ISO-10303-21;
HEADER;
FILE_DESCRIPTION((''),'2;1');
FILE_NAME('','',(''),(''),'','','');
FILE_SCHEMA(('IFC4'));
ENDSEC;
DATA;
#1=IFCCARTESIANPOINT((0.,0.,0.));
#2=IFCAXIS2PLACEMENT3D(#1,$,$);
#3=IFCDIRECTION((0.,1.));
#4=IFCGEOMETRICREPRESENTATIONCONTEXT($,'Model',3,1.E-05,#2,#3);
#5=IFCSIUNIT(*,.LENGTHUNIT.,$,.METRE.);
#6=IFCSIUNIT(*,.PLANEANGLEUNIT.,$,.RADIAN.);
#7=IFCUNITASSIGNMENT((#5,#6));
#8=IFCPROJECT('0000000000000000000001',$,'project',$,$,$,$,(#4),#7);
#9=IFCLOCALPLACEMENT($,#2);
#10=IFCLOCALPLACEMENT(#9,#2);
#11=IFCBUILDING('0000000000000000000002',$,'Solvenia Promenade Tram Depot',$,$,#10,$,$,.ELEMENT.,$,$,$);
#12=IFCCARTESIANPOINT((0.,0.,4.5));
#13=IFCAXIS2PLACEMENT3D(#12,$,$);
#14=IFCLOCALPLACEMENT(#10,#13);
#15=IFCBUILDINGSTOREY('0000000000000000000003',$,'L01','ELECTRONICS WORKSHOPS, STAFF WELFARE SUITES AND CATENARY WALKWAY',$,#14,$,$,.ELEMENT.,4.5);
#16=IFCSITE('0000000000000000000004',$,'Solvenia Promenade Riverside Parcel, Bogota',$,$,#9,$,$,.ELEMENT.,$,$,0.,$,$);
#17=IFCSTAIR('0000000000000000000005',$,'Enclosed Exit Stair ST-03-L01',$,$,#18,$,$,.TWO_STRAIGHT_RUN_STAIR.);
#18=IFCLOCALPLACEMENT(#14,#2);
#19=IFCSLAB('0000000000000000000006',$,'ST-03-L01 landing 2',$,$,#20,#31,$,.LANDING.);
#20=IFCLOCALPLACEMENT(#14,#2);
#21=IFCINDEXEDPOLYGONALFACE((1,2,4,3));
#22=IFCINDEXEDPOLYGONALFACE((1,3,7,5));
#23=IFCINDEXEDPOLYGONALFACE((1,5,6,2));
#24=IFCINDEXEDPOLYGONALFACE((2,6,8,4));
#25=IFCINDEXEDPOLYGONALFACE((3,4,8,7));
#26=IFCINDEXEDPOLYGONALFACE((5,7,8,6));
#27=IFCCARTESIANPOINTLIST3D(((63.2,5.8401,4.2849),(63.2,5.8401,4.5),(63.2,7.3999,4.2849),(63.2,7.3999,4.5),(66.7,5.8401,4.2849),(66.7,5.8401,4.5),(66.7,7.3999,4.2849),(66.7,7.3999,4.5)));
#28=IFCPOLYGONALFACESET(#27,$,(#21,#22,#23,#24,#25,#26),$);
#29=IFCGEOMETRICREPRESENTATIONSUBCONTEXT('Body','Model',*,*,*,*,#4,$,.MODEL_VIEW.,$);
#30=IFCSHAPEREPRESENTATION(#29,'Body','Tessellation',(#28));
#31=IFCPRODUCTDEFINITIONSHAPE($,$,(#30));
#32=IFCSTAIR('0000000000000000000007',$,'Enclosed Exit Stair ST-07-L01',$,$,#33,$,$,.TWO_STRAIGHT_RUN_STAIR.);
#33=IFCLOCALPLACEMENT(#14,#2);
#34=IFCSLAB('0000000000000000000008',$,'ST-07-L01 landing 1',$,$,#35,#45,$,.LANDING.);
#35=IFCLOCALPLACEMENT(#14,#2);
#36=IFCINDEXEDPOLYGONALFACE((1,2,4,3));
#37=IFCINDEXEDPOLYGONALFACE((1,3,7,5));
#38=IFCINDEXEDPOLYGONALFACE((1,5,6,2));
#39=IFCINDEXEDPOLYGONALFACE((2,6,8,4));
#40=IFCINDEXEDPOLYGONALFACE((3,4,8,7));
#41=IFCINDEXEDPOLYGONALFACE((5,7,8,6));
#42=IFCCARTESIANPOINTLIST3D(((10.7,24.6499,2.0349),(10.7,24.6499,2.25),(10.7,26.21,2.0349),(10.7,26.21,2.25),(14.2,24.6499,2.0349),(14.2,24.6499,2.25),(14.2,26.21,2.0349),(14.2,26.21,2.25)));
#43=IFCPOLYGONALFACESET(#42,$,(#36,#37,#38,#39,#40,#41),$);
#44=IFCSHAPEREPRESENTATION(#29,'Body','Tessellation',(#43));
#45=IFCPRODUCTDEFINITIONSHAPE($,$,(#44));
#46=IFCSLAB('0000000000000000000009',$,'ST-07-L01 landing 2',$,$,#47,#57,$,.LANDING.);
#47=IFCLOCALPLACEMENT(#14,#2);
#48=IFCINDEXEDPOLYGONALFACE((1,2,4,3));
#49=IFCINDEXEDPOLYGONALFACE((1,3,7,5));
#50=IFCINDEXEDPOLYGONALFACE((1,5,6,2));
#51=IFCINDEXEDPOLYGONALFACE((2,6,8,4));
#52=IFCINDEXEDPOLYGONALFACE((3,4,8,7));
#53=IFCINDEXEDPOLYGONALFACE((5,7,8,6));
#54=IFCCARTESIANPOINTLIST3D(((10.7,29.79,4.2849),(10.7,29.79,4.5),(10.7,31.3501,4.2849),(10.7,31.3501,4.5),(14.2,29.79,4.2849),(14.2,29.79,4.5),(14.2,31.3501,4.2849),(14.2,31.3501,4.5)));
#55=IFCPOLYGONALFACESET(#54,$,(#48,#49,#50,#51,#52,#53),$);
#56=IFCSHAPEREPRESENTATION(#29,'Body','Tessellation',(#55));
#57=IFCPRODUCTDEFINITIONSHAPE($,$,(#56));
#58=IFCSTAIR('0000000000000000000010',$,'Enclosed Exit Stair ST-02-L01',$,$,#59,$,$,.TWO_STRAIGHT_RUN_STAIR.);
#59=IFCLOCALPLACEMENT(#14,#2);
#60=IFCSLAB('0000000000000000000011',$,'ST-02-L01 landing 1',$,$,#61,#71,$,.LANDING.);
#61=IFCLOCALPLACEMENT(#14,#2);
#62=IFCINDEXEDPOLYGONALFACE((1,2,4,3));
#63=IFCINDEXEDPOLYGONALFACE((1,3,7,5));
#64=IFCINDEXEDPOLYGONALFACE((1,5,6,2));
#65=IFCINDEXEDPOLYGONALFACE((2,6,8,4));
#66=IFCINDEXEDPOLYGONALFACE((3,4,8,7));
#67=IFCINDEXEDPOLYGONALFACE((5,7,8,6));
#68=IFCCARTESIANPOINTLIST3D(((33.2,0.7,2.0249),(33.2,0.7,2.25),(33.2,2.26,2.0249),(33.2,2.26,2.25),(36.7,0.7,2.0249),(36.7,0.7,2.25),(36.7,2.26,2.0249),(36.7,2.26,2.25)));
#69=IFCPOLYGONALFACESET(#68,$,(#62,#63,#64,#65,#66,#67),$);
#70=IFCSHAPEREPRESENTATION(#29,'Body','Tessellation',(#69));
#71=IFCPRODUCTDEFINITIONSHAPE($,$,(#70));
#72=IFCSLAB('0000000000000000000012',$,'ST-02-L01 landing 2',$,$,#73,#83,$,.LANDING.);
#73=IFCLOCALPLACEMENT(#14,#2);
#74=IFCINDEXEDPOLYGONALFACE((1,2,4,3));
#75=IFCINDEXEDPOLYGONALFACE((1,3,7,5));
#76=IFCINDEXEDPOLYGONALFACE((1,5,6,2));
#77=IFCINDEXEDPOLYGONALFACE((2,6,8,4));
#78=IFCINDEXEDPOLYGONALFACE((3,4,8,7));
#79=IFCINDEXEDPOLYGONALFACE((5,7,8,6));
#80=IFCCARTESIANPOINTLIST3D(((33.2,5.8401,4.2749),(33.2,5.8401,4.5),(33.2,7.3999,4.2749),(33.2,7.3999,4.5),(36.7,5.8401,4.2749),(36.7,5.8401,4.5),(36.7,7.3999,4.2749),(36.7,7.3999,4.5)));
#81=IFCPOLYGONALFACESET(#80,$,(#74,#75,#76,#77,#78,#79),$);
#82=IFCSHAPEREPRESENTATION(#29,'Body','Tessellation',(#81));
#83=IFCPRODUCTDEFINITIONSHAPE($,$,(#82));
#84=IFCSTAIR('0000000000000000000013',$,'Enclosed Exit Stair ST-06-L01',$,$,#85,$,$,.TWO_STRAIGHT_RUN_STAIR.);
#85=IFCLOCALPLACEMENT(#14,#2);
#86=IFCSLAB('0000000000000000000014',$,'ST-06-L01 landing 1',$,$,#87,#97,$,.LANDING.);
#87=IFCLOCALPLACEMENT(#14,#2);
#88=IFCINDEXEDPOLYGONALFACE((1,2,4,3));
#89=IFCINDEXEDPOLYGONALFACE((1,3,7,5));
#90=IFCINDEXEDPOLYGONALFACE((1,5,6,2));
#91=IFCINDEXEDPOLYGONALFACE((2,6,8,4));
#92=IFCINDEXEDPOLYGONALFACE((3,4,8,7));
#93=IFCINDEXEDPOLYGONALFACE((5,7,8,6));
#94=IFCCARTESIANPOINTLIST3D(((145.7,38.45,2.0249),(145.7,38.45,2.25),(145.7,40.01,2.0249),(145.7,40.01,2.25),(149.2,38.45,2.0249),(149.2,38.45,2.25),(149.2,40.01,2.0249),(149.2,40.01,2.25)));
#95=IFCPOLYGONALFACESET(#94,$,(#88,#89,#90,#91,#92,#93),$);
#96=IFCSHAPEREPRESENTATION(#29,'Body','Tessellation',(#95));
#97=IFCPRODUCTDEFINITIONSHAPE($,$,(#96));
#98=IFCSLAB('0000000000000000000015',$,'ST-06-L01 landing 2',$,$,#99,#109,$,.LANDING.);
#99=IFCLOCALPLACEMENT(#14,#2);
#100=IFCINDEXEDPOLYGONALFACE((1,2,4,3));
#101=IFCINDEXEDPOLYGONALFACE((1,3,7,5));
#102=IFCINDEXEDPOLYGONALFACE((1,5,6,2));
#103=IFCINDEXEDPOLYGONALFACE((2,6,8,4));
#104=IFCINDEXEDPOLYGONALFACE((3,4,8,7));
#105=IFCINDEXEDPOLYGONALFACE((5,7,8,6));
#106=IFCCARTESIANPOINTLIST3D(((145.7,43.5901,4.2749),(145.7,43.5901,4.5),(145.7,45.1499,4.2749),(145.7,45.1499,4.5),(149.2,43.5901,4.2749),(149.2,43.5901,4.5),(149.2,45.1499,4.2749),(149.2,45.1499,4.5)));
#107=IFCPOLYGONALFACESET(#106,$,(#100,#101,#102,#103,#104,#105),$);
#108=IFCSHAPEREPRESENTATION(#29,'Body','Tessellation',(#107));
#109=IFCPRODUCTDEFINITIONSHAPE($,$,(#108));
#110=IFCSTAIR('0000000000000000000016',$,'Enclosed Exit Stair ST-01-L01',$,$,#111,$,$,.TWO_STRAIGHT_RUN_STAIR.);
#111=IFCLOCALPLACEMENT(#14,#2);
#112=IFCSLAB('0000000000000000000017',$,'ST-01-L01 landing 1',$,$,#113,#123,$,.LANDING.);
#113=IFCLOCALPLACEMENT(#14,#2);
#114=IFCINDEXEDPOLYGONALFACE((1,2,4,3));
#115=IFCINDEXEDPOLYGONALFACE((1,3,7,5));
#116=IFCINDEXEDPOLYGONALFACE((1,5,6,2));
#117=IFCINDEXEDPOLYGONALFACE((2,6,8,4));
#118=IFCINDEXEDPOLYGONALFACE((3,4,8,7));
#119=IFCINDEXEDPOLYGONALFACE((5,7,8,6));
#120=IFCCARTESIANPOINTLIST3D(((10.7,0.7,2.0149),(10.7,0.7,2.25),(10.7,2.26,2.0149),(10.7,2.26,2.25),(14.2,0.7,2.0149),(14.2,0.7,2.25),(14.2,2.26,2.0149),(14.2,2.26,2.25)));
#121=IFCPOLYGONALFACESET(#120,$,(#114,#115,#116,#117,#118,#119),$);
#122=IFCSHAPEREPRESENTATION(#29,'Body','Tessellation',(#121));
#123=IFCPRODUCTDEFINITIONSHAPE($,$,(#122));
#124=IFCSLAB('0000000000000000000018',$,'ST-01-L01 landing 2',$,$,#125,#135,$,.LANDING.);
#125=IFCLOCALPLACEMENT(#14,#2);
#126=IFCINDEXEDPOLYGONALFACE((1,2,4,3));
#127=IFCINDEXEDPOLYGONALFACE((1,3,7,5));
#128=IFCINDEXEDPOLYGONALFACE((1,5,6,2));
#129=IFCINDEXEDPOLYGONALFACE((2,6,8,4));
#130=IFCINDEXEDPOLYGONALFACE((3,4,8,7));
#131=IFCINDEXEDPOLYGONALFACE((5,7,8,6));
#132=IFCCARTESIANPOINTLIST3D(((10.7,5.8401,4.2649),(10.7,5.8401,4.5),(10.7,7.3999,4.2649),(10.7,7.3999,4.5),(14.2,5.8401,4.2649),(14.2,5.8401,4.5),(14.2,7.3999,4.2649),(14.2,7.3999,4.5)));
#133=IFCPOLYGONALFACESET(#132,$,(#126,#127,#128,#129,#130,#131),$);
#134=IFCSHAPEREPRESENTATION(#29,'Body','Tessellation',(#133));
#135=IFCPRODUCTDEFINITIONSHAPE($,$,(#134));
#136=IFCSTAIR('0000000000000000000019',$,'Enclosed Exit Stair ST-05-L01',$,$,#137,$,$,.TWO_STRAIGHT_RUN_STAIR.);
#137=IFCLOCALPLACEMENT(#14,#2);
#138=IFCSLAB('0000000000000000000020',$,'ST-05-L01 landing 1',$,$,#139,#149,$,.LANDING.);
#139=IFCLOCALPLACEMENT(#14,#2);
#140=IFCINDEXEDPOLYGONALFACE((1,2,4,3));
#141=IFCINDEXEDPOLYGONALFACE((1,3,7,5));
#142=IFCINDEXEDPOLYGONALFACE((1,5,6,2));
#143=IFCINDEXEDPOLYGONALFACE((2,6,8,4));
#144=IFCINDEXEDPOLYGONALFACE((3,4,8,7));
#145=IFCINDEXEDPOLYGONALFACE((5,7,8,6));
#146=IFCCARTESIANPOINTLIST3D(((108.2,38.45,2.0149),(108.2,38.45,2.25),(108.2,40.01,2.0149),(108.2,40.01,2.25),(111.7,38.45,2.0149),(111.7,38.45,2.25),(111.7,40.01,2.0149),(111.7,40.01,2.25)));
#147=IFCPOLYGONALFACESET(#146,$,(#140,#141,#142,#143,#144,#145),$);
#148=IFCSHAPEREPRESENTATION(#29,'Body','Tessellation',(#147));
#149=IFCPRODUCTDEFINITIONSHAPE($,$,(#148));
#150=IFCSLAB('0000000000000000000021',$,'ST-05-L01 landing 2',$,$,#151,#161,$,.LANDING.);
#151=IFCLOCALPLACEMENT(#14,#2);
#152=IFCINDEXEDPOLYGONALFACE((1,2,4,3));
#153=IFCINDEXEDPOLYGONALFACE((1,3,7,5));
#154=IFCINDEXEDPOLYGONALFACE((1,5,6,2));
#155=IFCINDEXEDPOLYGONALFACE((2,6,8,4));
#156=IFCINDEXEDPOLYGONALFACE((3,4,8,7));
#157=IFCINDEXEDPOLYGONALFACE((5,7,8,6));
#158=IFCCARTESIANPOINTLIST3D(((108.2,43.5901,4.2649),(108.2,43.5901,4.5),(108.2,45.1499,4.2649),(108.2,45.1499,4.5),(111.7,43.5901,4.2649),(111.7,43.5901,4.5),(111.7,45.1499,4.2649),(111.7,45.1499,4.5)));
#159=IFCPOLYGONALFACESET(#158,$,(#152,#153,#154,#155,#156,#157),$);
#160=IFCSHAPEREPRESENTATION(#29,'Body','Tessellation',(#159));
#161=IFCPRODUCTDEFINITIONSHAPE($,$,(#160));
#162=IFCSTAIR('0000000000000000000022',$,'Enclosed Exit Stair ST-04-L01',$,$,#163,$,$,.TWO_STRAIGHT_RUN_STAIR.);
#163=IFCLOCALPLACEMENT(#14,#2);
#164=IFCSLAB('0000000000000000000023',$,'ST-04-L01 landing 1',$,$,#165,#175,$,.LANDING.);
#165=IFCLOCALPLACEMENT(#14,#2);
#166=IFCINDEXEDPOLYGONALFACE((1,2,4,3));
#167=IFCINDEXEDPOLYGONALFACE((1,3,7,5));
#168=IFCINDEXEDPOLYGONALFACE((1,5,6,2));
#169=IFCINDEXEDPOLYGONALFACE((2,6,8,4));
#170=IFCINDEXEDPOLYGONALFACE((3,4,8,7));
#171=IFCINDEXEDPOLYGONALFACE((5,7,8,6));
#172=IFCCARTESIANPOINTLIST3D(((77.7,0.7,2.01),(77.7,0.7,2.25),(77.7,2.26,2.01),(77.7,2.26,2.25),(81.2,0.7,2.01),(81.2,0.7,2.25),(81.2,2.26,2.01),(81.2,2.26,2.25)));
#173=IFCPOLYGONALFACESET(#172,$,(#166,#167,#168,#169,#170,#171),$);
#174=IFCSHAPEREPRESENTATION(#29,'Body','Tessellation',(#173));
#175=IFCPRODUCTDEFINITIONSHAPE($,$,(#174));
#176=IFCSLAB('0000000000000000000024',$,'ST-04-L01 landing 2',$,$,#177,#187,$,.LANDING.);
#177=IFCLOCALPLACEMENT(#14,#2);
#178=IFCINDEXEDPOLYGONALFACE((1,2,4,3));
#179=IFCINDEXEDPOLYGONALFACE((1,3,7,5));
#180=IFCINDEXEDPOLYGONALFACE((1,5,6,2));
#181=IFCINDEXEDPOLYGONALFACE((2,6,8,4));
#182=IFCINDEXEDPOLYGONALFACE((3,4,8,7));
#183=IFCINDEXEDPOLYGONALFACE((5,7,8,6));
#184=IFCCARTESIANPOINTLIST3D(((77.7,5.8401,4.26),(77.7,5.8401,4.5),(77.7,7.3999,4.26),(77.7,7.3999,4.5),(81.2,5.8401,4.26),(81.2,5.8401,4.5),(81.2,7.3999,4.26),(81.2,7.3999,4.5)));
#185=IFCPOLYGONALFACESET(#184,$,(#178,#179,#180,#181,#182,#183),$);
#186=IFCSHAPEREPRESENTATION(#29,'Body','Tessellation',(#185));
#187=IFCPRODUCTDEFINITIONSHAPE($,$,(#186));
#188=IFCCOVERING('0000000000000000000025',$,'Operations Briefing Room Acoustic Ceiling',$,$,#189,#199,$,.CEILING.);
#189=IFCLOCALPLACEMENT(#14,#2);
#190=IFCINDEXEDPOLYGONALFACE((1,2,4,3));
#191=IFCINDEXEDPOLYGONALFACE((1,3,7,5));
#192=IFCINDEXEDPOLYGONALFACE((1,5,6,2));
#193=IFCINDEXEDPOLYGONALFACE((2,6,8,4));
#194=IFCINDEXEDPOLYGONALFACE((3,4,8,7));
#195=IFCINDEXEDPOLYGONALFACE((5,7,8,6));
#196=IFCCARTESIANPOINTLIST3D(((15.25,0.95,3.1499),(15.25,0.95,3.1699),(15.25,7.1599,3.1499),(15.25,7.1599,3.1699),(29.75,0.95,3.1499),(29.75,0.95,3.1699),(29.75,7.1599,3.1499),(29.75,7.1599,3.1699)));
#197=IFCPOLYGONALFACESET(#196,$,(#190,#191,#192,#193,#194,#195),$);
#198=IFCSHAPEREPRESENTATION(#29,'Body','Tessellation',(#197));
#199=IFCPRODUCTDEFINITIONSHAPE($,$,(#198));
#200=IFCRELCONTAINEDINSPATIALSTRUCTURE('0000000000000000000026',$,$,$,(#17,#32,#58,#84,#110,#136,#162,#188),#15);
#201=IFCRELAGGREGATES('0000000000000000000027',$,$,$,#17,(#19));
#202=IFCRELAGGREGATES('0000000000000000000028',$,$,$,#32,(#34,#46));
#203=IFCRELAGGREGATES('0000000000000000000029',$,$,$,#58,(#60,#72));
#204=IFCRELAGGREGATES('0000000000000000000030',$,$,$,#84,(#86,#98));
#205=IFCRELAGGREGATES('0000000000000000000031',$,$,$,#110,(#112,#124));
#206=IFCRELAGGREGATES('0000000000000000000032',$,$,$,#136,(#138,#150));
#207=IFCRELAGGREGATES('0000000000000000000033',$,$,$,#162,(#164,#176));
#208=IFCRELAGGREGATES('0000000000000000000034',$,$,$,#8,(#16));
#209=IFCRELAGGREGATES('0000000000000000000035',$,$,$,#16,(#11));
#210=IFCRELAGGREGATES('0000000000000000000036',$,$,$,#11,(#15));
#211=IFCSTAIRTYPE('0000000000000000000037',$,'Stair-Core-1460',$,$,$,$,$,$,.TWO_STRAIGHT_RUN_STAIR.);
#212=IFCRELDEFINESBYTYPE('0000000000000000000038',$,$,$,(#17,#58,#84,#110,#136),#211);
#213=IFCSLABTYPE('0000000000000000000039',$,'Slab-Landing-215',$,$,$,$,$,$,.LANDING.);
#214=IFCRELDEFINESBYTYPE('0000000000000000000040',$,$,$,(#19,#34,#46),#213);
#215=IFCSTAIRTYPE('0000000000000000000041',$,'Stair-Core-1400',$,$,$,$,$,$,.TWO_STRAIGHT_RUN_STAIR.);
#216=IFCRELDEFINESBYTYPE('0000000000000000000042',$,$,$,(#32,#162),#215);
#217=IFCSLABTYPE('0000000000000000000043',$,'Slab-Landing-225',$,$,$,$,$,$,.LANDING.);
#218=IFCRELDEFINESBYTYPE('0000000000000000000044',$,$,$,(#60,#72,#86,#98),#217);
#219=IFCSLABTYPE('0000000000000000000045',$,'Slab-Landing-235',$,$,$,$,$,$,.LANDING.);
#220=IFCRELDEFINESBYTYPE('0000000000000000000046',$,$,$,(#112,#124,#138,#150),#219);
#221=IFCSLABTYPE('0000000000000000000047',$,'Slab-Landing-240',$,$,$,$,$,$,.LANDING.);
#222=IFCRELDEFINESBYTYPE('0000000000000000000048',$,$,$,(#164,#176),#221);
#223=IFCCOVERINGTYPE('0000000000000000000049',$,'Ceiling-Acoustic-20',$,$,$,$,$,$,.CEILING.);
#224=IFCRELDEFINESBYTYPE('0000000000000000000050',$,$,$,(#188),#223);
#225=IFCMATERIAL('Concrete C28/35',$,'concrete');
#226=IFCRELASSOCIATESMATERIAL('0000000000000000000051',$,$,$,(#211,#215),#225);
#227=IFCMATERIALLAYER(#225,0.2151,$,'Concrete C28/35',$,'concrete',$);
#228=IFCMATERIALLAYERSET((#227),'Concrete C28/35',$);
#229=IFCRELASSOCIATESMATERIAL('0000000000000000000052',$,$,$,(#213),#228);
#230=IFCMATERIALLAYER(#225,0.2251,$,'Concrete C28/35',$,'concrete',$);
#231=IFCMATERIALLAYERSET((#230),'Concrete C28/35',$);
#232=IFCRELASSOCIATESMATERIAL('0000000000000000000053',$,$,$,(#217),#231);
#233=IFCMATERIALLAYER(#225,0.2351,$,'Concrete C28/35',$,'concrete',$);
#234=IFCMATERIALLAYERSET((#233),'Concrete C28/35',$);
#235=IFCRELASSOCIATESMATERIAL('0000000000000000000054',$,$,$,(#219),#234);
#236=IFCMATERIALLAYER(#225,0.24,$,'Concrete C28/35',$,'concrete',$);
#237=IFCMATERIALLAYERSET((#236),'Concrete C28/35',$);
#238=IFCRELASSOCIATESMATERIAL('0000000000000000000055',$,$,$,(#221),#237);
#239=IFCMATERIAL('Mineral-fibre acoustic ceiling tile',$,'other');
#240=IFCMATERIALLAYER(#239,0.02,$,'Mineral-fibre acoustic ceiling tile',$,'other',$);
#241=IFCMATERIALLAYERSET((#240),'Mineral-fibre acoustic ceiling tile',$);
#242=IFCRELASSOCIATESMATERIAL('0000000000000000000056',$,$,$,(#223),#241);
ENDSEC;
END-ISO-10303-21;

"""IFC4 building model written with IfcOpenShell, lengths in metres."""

from ifc_helpers import new_model, si_unit, direction, frame, origin, place, context, subcontext, project, spatial, polyline, outline, extrude, material, layer, layer_set, type_object, element, aggregate, save


model = new_model("IFC4")

# Units and contexts
model_context = context("Model", 3, precision=1e-05, world=origin(), true_north=direction((0.0, 1.0)))
body_context = subcontext(model_context, "Body", "Model", "MODEL_VIEW")
ifc_project = project(units=[si_unit("LENGTHUNIT", "METRE"), si_unit("PLANEANGLEUNIT", "RADIAN")], contexts=[model_context])

# Site, building, storey
site_placement = place(None, origin())
site = spatial("IfcSite", under=ifc_project, at=site_placement, Name="Solvenia Promenade Riverside Parcel, Bogota", CompositionType="ELEMENT", RefElevation=0.0)
building_placement = place(site_placement, origin())
building = spatial("IfcBuilding", under=site, at=building_placement, Name="Solvenia Promenade Tram Depot", CompositionType="ELEMENT")
storey_placement = place(building_placement, frame((0.0, 0.0, 4.5)))
storey = spatial("IfcBuildingStorey", under=building, at=storey_placement, Name="L01", Description="ELECTRONICS WORKSHOPS, STAFF WELFARE SUITES AND CATENARY WALKWAY", CompositionType="ELEMENT", Elevation=4.5)

# Shared definitions
ifc_material_1 = material(Name="Concrete C28/35", Category="concrete")

# Stairs, slabs
stair_type_1 = type_object("IfcStairType", Name="Stair-Core-1460", PredefinedType="TWO_STRAIGHT_RUN_STAIR", material=ifc_material_1)
stair_1_placement = place(storey_placement, origin())
stair_1 = element("IfcStair", 1, at=stair_1_placement, inside=storey, type_object=stair_type_1, Name="Enclosed Exit Stair ST-03-L01", PredefinedType="TWO_STRAIGHT_RUN_STAIR")
ifc_layer_1 = layer(ifc_material_1, 0.2151, Name="Concrete C28/35", Category="concrete")
ifc_layer_set_1 = layer_set([ifc_layer_1], Name="Concrete C28/35")
slab_type_1 = type_object("IfcSlabType", Name="Slab-Landing-215", PredefinedType="LANDING", material=ifc_layer_set_1)
slab_1_placement = place(storey_placement, frame((0.0, 0.0, 4.2849)))
slab_1 = element("IfcSlab", 2, at=slab_1_placement, type_object=slab_type_1, Name="ST-03-L01 landing 2", PredefinedType="LANDING", context=body_context, shape_type="SweptSolid", body=[
    extrude(outline(polyline([(63.2, 5.8401), (66.7, 5.8401), (66.7, 7.3999), (63.2, 7.3999), (63.2, 5.8401)])), origin(), (0.0, 0.0, 1.0), 0.2151),
])
aggregate(stair_1, [slab_1])
stair_type_2 = type_object("IfcStairType", Name="Stair-Core-1400", PredefinedType="TWO_STRAIGHT_RUN_STAIR", material=ifc_material_1)
stair_2_placement = place(storey_placement, origin())
stair_2 = element("IfcStair", 3, at=stair_2_placement, inside=storey, type_object=stair_type_2, Name="Enclosed Exit Stair ST-07-L01", PredefinedType="TWO_STRAIGHT_RUN_STAIR")
slab_2_placement = place(storey_placement, frame((0.0, 0.0, 2.0349)))
slab_2 = element("IfcSlab", 4, at=slab_2_placement, type_object=slab_type_1, Name="ST-07-L01 landing 1", PredefinedType="LANDING", context=body_context, shape_type="SweptSolid", body=[
    extrude(outline(polyline([(10.7, 24.6499), (14.2, 24.6499), (14.2, 26.21), (10.7, 26.21), (10.7, 24.6499)])), origin(), (0.0, 0.0, 1.0), 0.2151),
])
slab_3_placement = place(storey_placement, frame((0.0, 0.0, 4.2849)))
slab_3 = element("IfcSlab", 5, at=slab_3_placement, type_object=slab_type_1, Name="ST-07-L01 landing 2", PredefinedType="LANDING", context=body_context, shape_type="SweptSolid", body=[
    extrude(outline(polyline([(10.7, 29.79), (14.2, 29.79), (14.2, 31.3501), (10.7, 31.3501), (10.7, 29.79)])), origin(), (0.0, 0.0, 1.0), 0.2151),
])
aggregate(stair_2, [slab_2, slab_3])
stair_3_placement = place(storey_placement, origin())
stair_3 = element("IfcStair", 6, at=stair_3_placement, inside=storey, type_object=stair_type_1, Name="Enclosed Exit Stair ST-02-L01", PredefinedType="TWO_STRAIGHT_RUN_STAIR")
ifc_layer_2 = layer(ifc_material_1, 0.2251, Name="Concrete C28/35", Category="concrete")
ifc_layer_set_2 = layer_set([ifc_layer_2], Name="Concrete C28/35")
slab_type_2 = type_object("IfcSlabType", Name="Slab-Landing-225", PredefinedType="LANDING", material=ifc_layer_set_2)
slab_4_placement = place(storey_placement, frame((0.0, 0.0, 2.0249)))
slab_4 = element("IfcSlab", 7, at=slab_4_placement, type_object=slab_type_2, Name="ST-02-L01 landing 1", PredefinedType="LANDING", context=body_context, shape_type="SweptSolid", body=[
    extrude(outline(polyline([(33.2, 0.7), (36.7, 0.7), (36.7, 2.26), (33.2, 2.26), (33.2, 0.7)])), origin(), (0.0, 0.0, 1.0), 0.2251),
])
slab_5_placement = place(storey_placement, frame((0.0, 0.0, 4.2749)))
slab_5 = element("IfcSlab", 8, at=slab_5_placement, type_object=slab_type_2, Name="ST-02-L01 landing 2", PredefinedType="LANDING", context=body_context, shape_type="SweptSolid", body=[
    extrude(outline(polyline([(33.2, 5.8401), (36.7, 5.8401), (36.7, 7.3999), (33.2, 7.3999), (33.2, 5.8401)])), origin(), (0.0, 0.0, 1.0), 0.2251),
])
aggregate(stair_3, [slab_4, slab_5])
stair_4_placement = place(storey_placement, origin())
stair_4 = element("IfcStair", 9, at=stair_4_placement, inside=storey, type_object=stair_type_1, Name="Enclosed Exit Stair ST-06-L01", PredefinedType="TWO_STRAIGHT_RUN_STAIR")
slab_6_placement = place(storey_placement, frame((0.0, 0.0, 2.0249)))
slab_6 = element("IfcSlab", 10, at=slab_6_placement, type_object=slab_type_2, Name="ST-06-L01 landing 1", PredefinedType="LANDING", context=body_context, shape_type="SweptSolid", body=[
    extrude(outline(polyline([(145.7, 38.45), (149.2, 38.45), (149.2, 40.01), (145.7, 40.01), (145.7, 38.45)])), origin(), (0.0, 0.0, 1.0), 0.2251),
])
slab_7_placement = place(storey_placement, frame((0.0, 0.0, 4.2749)))
slab_7 = element("IfcSlab", 11, at=slab_7_placement, type_object=slab_type_2, Name="ST-06-L01 landing 2", PredefinedType="LANDING", context=body_context, shape_type="SweptSolid", body=[
    extrude(outline(polyline([(145.7, 43.5901), (149.2, 43.5901), (149.2, 45.1499), (145.7, 45.1499), (145.7, 43.5901)])), origin(), (0.0, 0.0, 1.0), 0.2251),
])
aggregate(stair_4, [slab_6, slab_7])
stair_5_placement = place(storey_placement, origin())
stair_5 = element("IfcStair", 12, at=stair_5_placement, inside=storey, type_object=stair_type_1, Name="Enclosed Exit Stair ST-01-L01", PredefinedType="TWO_STRAIGHT_RUN_STAIR")
ifc_layer_3 = layer(ifc_material_1, 0.2351, Name="Concrete C28/35", Category="concrete")
ifc_layer_set_3 = layer_set([ifc_layer_3], Name="Concrete C28/35")
slab_type_3 = type_object("IfcSlabType", Name="Slab-Landing-235", PredefinedType="LANDING", material=ifc_layer_set_3)
slab_8_placement = place(storey_placement, frame((0.0, 0.0, 2.0149)))
slab_8 = element("IfcSlab", 13, at=slab_8_placement, type_object=slab_type_3, Name="ST-01-L01 landing 1", PredefinedType="LANDING", context=body_context, shape_type="SweptSolid", body=[
    extrude(outline(polyline([(10.7, 0.7), (14.2, 0.7), (14.2, 2.26), (10.7, 2.26), (10.7, 0.7)])), origin(), (0.0, 0.0, 1.0), 0.2351),
])
slab_9_placement = place(storey_placement, frame((0.0, 0.0, 4.2649)))
slab_9 = element("IfcSlab", 14, at=slab_9_placement, type_object=slab_type_3, Name="ST-01-L01 landing 2", PredefinedType="LANDING", context=body_context, shape_type="SweptSolid", body=[
    extrude(outline(polyline([(10.7, 5.8401), (14.2, 5.8401), (14.2, 7.3999), (10.7, 7.3999), (10.7, 5.8401)])), origin(), (0.0, 0.0, 1.0), 0.2351),
])
aggregate(stair_5, [slab_8, slab_9])
stair_6_placement = place(storey_placement, origin())
stair_6 = element("IfcStair", 15, at=stair_6_placement, inside=storey, type_object=stair_type_1, Name="Enclosed Exit Stair ST-05-L01", PredefinedType="TWO_STRAIGHT_RUN_STAIR")
slab_10_placement = place(storey_placement, frame((0.0, 0.0, 2.0149)))
slab_10 = element("IfcSlab", 16, at=slab_10_placement, type_object=slab_type_3, Name="ST-05-L01 landing 1", PredefinedType="LANDING", context=body_context, shape_type="SweptSolid", body=[
    extrude(outline(polyline([(108.2, 38.45), (111.7, 38.45), (111.7, 40.01), (108.2, 40.01), (108.2, 38.45)])), origin(), (0.0, 0.0, 1.0), 0.2351),
])
slab_11_placement = place(storey_placement, frame((0.0, 0.0, 4.2649)))
slab_11 = element("IfcSlab", 17, at=slab_11_placement, type_object=slab_type_3, Name="ST-05-L01 landing 2", PredefinedType="LANDING", context=body_context, shape_type="SweptSolid", body=[
    extrude(outline(polyline([(108.2, 43.5901), (111.7, 43.5901), (111.7, 45.1499), (108.2, 45.1499), (108.2, 43.5901)])), origin(), (0.0, 0.0, 1.0), 0.2351),
])
aggregate(stair_6, [slab_10, slab_11])
stair_7_placement = place(storey_placement, origin())
stair_7 = element("IfcStair", 18, at=stair_7_placement, inside=storey, type_object=stair_type_2, Name="Enclosed Exit Stair ST-04-L01", PredefinedType="TWO_STRAIGHT_RUN_STAIR")
ifc_layer_4 = layer(ifc_material_1, 0.24, Name="Concrete C28/35", Category="concrete")
ifc_layer_set_4 = layer_set([ifc_layer_4], Name="Concrete C28/35")
slab_type_4 = type_object("IfcSlabType", Name="Slab-Landing-240", PredefinedType="LANDING", material=ifc_layer_set_4)
slab_12_placement = place(storey_placement, frame((0.0, 0.0, 2.01)))
slab_12 = element("IfcSlab", 19, at=slab_12_placement, type_object=slab_type_4, Name="ST-04-L01 landing 1", PredefinedType="LANDING", context=body_context, shape_type="SweptSolid", body=[
    extrude(outline(polyline([(77.7, 0.7), (81.2, 0.7), (81.2, 2.26), (77.7, 2.26), (77.7, 0.7)])), origin(), (0.0, 0.0, 1.0), 0.24),
])
slab_13_placement = place(storey_placement, frame((0.0, 0.0, 4.26)))
slab_13 = element("IfcSlab", 20, at=slab_13_placement, type_object=slab_type_4, Name="ST-04-L01 landing 2", PredefinedType="LANDING", context=body_context, shape_type="SweptSolid", body=[
    extrude(outline(polyline([(77.7, 5.8401), (81.2, 5.8401), (81.2, 7.3999), (77.7, 7.3999), (77.7, 5.8401)])), origin(), (0.0, 0.0, 1.0), 0.24),
])
aggregate(stair_7, [slab_12, slab_13])

# Covering
ifc_material_2 = material(Name="Mineral-fibre acoustic ceiling tile", Category="other")
ifc_layer_5 = layer(ifc_material_2, 0.02, Name="Mineral-fibre acoustic ceiling tile", Category="other")
ifc_layer_set_5 = layer_set([ifc_layer_5], Name="Mineral-fibre acoustic ceiling tile")
covering_type_1 = type_object("IfcCoveringType", Name="Ceiling-Acoustic-20", PredefinedType="CEILING", material=ifc_layer_set_5)
covering_1_placement = place(storey_placement, frame((0.0, 0.0, 3.1499)))
element("IfcCovering", 21, at=covering_1_placement, inside=storey, type_object=covering_type_1, Name="Operations Briefing Room Acoustic Ceiling", PredefinedType="CEILING", context=body_context, shape_type="SweptSolid", body=[
    extrude(outline(polyline([(15.25, 0.95), (29.75, 0.95), (29.75, 7.1599), (15.25, 7.1599), (15.25, 0.95)])), origin(), (0.0, 0.0, 1.0), 0.02),
])

save(model, "model.ifc")
